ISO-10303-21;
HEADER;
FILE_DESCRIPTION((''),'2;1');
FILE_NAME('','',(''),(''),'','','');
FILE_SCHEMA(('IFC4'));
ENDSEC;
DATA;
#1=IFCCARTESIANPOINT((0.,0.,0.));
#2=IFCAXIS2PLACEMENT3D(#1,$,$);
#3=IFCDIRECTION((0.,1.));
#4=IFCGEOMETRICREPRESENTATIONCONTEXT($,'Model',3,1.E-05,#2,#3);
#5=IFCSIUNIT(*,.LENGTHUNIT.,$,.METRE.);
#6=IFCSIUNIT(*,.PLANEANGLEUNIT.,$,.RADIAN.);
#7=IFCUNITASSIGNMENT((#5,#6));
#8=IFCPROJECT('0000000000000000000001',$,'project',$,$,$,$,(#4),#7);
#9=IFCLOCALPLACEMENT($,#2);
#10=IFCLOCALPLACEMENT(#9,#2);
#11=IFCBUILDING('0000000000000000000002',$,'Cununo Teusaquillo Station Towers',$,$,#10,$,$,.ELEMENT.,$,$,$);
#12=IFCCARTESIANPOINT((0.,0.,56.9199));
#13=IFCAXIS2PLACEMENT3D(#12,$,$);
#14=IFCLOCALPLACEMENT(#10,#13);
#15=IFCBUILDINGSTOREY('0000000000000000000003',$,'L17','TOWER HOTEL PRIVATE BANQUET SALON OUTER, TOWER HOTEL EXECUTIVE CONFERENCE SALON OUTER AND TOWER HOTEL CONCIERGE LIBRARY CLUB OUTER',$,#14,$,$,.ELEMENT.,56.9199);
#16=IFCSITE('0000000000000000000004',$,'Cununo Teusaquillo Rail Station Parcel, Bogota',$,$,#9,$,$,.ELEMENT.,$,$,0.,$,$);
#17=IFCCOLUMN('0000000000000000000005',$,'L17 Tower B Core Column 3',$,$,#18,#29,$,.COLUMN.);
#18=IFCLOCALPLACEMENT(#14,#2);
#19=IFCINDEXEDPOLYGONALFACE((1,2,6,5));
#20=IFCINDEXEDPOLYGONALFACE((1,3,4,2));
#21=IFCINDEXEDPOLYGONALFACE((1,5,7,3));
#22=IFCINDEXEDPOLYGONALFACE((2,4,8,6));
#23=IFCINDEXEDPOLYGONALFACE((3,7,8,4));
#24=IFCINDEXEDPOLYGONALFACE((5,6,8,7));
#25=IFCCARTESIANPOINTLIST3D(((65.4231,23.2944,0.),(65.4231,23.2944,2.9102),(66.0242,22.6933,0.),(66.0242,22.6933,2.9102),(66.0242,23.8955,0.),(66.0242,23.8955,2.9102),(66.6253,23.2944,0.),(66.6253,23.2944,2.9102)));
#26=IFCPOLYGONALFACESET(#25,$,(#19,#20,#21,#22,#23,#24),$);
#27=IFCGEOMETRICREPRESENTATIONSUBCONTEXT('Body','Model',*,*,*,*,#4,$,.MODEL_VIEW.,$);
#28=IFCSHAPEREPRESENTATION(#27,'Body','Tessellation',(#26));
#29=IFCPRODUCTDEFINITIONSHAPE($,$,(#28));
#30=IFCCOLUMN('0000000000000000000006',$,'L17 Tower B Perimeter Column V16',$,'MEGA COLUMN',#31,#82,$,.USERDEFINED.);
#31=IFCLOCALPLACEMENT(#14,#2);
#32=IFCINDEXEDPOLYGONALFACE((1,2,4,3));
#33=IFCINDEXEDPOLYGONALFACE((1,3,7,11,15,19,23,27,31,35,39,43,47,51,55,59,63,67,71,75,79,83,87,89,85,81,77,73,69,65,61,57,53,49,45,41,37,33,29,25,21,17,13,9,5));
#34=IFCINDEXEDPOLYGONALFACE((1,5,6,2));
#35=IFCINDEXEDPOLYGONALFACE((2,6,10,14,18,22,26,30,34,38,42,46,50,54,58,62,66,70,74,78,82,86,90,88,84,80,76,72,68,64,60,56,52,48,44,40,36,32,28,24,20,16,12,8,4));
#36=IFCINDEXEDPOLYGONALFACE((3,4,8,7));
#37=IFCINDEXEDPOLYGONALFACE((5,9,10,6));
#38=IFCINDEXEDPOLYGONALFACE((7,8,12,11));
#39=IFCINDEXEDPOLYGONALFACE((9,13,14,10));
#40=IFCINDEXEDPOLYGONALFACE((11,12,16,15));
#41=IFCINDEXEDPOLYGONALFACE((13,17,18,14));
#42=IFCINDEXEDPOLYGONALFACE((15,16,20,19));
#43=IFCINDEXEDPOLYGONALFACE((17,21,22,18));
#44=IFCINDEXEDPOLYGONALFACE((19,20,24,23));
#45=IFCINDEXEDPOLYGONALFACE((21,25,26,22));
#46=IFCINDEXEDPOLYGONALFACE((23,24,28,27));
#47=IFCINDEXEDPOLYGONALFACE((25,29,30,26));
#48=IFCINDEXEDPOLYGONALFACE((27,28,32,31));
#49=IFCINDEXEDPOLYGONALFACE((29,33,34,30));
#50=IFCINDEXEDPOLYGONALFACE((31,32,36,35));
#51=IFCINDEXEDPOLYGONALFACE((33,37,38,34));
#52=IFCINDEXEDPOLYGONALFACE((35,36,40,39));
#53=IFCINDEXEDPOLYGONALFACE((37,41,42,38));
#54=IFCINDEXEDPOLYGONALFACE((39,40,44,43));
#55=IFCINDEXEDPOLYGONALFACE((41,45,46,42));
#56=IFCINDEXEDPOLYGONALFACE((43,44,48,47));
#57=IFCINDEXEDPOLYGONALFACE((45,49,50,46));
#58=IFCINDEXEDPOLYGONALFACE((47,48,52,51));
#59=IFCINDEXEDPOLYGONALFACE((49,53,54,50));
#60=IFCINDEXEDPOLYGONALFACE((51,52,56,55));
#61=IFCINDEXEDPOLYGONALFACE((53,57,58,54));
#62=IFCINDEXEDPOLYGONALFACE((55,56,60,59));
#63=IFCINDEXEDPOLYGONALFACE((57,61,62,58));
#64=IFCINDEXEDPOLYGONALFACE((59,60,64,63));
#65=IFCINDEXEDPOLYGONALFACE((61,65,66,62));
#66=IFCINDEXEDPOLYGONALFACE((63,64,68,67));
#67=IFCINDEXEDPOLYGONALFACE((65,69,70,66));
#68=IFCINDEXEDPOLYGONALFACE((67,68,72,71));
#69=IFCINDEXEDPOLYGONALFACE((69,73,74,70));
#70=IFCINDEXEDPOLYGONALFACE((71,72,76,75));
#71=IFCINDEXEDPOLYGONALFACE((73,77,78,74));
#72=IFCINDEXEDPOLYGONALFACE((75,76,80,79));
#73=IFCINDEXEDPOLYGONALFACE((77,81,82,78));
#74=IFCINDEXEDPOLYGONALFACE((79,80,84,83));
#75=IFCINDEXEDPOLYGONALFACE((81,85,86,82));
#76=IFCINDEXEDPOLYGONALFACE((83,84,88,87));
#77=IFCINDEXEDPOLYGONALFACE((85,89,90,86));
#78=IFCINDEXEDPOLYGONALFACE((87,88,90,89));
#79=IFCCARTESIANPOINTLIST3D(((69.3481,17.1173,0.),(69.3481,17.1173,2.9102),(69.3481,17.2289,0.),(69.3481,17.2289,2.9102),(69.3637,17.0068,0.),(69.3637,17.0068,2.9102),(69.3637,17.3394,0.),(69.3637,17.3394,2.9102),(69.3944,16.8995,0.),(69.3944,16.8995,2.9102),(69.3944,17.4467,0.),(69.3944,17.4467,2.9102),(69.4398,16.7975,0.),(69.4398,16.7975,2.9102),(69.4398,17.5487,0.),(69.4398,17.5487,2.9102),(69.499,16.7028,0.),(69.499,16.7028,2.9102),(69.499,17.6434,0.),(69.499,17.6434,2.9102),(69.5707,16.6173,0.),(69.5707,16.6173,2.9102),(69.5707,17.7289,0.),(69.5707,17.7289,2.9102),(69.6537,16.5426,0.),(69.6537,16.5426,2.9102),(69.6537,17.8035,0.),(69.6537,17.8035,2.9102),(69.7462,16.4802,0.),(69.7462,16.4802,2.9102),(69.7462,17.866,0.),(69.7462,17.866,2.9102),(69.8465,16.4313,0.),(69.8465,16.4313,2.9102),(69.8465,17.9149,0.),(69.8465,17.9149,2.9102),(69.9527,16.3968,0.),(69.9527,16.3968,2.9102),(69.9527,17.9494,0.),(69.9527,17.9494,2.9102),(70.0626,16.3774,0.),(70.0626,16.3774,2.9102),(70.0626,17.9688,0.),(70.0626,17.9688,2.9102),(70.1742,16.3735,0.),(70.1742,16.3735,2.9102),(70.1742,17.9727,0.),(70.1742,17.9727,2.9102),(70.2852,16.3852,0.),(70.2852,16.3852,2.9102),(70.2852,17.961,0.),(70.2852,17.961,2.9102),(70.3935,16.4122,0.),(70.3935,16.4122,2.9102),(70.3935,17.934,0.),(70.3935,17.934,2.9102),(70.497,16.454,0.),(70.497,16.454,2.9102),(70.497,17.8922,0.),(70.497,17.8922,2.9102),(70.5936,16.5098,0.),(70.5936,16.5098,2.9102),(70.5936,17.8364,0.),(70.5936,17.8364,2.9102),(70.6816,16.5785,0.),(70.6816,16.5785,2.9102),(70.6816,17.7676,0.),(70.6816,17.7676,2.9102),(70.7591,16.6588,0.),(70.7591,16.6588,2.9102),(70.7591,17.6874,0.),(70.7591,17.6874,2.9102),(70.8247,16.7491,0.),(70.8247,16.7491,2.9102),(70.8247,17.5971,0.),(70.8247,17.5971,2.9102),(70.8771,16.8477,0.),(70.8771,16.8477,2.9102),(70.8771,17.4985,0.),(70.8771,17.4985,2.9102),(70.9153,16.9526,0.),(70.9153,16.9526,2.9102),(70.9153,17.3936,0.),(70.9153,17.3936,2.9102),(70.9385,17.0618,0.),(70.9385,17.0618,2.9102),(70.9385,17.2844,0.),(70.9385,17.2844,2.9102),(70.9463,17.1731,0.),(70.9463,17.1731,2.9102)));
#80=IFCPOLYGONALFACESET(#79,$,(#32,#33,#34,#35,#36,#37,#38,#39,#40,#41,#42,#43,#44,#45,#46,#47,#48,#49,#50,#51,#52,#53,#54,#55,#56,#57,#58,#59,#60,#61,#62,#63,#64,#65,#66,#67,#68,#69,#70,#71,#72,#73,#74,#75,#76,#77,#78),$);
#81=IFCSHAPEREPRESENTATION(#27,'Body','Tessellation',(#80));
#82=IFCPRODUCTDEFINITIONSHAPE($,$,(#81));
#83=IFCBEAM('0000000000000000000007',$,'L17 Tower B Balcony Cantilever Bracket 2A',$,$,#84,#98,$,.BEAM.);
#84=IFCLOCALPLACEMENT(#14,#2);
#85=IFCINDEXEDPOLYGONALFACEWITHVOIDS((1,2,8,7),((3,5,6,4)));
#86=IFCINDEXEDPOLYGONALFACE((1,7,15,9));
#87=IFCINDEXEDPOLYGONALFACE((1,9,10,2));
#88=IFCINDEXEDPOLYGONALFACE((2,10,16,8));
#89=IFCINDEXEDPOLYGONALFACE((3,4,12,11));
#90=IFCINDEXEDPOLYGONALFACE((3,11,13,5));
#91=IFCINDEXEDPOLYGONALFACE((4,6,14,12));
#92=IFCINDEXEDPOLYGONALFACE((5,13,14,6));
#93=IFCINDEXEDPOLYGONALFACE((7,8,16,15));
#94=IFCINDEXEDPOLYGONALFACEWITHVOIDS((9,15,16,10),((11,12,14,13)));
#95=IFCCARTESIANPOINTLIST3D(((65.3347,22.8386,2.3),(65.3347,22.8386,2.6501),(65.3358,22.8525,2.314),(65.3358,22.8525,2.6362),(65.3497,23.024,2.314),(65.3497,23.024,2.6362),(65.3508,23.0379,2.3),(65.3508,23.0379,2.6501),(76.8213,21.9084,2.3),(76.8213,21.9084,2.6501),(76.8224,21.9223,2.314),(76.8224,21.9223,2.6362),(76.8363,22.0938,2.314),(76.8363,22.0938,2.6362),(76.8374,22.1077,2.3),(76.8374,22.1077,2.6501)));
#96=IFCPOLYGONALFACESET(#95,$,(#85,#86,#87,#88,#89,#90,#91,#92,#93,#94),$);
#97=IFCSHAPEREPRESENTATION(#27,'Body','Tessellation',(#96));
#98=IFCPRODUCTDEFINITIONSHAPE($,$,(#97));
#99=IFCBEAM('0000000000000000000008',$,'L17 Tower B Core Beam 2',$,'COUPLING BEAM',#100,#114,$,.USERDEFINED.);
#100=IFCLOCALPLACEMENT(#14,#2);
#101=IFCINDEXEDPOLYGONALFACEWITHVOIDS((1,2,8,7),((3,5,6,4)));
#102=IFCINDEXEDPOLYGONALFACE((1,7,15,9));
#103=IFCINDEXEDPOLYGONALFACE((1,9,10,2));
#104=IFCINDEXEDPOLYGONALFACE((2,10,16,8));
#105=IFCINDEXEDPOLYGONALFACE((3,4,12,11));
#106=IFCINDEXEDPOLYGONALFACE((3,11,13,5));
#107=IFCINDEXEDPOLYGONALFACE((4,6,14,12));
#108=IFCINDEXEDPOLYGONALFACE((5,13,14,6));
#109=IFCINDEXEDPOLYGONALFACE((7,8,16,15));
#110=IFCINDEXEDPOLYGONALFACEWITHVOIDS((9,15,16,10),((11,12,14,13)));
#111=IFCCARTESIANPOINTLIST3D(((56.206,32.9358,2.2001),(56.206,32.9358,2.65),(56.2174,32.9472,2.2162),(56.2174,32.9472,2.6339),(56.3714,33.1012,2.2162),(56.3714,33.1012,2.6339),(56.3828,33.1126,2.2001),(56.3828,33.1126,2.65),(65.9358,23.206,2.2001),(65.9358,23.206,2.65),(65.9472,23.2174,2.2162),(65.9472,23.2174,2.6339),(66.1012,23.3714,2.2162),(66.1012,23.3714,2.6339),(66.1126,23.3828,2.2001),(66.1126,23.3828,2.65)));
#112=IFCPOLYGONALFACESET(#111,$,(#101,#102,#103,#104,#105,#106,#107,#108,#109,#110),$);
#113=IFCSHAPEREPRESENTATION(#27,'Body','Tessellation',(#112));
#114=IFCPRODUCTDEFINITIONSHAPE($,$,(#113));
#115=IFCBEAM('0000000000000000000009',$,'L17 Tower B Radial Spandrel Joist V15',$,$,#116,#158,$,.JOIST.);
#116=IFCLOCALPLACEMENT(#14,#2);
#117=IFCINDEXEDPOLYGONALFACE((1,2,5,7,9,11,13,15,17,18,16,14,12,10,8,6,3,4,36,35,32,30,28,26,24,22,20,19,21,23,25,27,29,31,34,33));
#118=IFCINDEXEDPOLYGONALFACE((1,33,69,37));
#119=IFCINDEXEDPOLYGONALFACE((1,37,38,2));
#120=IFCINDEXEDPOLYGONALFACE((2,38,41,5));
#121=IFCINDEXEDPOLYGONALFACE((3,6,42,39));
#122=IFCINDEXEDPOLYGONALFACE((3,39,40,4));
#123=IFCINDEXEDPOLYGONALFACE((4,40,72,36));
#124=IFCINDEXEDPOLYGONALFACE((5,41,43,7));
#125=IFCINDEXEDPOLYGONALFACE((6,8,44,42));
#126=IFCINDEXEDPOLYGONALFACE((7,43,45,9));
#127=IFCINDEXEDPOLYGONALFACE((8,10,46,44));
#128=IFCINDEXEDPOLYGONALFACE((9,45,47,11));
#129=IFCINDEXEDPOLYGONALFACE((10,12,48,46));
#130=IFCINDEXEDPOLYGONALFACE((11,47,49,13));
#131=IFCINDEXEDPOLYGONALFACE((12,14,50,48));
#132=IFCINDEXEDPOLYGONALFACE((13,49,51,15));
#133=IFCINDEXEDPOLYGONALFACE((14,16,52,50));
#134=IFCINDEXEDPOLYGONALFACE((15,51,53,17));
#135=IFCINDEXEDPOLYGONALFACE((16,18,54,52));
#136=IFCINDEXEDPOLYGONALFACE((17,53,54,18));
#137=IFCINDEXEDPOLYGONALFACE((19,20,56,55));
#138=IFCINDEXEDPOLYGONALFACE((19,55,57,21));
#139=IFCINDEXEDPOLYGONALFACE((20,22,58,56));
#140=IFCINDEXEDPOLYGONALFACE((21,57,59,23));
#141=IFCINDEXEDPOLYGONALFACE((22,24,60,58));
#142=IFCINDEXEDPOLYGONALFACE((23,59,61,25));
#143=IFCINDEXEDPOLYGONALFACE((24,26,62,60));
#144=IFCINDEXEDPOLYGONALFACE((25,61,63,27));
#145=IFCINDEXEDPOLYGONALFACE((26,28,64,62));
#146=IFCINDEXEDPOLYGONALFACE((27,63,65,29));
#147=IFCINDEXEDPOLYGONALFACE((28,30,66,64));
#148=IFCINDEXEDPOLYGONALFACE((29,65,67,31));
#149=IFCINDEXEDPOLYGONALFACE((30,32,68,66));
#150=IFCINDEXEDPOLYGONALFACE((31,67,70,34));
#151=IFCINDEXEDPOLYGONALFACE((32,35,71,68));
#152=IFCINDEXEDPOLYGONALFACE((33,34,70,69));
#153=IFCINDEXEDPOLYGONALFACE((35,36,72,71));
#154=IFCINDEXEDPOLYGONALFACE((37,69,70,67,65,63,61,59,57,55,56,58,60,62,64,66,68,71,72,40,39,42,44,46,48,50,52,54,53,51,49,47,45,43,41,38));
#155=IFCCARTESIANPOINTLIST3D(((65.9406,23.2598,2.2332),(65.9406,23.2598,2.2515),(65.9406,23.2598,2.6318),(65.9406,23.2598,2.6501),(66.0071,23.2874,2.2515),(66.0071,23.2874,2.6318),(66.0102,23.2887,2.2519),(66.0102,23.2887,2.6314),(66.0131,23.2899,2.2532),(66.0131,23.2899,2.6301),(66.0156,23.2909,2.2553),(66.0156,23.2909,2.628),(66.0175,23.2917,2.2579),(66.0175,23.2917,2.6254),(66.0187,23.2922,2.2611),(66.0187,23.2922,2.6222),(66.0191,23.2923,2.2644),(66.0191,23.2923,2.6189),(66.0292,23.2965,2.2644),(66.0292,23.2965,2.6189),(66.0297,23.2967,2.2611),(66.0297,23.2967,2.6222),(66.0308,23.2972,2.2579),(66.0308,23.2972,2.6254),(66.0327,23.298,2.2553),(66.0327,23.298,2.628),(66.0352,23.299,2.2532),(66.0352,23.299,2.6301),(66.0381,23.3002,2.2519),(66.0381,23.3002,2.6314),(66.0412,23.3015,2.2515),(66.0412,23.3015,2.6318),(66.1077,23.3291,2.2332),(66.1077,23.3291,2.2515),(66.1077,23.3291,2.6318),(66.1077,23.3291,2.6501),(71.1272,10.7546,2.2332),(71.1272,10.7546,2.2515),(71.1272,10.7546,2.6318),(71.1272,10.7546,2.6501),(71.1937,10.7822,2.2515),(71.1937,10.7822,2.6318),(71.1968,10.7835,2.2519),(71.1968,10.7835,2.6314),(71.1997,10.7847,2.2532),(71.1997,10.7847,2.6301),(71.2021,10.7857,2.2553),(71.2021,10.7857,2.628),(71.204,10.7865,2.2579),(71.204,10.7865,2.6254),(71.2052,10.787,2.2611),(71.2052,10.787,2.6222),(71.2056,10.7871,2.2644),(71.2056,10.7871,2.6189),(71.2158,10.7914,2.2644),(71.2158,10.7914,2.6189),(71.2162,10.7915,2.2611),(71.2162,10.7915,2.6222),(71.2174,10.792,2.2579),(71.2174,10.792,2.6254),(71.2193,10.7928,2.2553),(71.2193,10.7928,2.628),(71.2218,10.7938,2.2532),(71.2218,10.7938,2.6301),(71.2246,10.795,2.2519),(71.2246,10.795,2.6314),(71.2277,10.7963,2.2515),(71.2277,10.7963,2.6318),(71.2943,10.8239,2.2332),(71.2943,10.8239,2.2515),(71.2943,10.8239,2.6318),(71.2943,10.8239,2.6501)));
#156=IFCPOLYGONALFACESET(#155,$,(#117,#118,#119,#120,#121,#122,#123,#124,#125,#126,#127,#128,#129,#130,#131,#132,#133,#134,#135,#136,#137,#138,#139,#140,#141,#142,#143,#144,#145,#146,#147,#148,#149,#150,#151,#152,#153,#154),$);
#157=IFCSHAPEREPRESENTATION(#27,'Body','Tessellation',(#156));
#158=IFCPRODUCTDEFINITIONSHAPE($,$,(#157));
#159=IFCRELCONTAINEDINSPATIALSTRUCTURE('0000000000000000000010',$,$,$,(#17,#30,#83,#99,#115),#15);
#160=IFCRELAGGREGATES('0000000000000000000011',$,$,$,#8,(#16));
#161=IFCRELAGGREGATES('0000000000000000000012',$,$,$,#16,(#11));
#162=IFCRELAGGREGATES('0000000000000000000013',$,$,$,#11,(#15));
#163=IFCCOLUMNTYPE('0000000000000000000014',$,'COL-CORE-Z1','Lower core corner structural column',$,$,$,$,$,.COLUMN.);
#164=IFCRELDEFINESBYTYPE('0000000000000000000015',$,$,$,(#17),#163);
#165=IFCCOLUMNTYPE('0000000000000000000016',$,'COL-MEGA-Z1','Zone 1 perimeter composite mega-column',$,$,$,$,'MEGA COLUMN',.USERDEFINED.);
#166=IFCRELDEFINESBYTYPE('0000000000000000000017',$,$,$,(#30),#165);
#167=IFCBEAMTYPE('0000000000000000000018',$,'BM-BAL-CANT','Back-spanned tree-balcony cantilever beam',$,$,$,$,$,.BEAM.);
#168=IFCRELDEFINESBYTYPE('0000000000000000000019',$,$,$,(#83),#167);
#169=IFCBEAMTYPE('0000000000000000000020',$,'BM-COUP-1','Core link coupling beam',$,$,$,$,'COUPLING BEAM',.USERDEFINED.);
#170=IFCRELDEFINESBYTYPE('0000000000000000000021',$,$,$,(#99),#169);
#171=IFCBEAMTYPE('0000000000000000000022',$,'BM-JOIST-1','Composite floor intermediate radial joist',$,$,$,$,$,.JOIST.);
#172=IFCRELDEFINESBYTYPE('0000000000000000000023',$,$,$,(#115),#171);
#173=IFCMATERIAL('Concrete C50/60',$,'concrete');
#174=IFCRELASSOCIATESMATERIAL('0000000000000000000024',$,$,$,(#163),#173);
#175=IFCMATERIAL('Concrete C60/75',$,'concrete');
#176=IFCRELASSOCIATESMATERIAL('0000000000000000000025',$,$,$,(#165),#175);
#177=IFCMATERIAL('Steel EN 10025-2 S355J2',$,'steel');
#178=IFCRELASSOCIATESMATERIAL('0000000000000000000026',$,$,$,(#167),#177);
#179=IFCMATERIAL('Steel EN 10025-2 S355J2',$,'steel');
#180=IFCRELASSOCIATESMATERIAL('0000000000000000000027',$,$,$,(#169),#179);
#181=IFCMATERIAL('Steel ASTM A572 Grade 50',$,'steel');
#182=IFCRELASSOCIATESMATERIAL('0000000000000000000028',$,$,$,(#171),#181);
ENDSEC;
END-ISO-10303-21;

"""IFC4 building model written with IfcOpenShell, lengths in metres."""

from ifc_helpers import new_model, si_unit, direction, frame, origin, origin_2d, place, context, subcontext, project, spatial, rectangle, hollow_rectangle, circle, i_section, extrude, material, material_profile, profile_set, type_object, element, save


model = new_model("IFC4")

# Units and contexts
model_context = context("Model", 3, precision=1e-05, world=origin(), true_north=direction((0.0, 1.0)))
body_context = subcontext(model_context, "Body", "Model", "MODEL_VIEW")
ifc_project = project(units=[si_unit("LENGTHUNIT", "METRE"), si_unit("PLANEANGLEUNIT", "RADIAN")], contexts=[model_context])

# Site, building, storey
site_placement = place(None, origin())
site = spatial("IfcSite", under=ifc_project, at=site_placement, Name="Cununo Teusaquillo Rail Station Parcel, Bogota", CompositionType="ELEMENT", RefElevation=0.0)
building_placement = place(site_placement, origin())
building = spatial("IfcBuilding", under=site, at=building_placement, Name="Cununo Teusaquillo Station Towers", CompositionType="ELEMENT")
storey_placement = place(building_placement, frame((0.0, 0.0, 56.9199)))
storey = spatial("IfcBuildingStorey", under=building, at=storey_placement, Name="L17", Description="TOWER HOTEL PRIVATE BANQUET SALON OUTER, TOWER HOTEL EXECUTIVE CONFERENCE SALON OUTER AND TOWER HOTEL CONCIERGE LIBRARY CLUB OUTER", CompositionType="ELEMENT", Elevation=56.9199)

# Columns
ifc_material_1 = material(Name="Concrete C50/60", Category="concrete")
ifc_material_profile_1 = material_profile(ifc_material_1, rectangle(XDim=0.8501, YDim=0.8501, at=origin_2d()), Name="RC-RECT-850x850")
ifc_profile_set_1 = profile_set([ifc_material_profile_1], Name="Concrete C50/60")
column_type_1 = type_object("IfcColumnType", Name="COL-CORE-Z1", Description="Lower core corner structural column", PredefinedType="COLUMN", material=ifc_profile_set_1)
column_1_placement = place(storey_placement, frame((66.0242, 23.2944, 0.0), z_axis=(0.0, 0.0, 1.0), x_axis=(0.707107, 0.707107, 0.0)))
element("IfcColumn", 1, at=column_1_placement, inside=storey, type_object=column_type_1, Name="L17 Tower B Core Column 3", PredefinedType="COLUMN", context=body_context, shape_type="SweptSolid", body=[
    extrude(rectangle(XDim=0.8501, YDim=0.8501, at=origin_2d()), origin(), (0.0, 0.0, 1.0), 2.9102),
])
ifc_material_2 = material(Name="Concrete C60/75", Category="concrete")
ifc_material_profile_2 = material_profile(ifc_material_2, circle(Radius=0.8, at=origin_2d()), Name="RC-CIRC-1600")
ifc_profile_set_2 = profile_set([ifc_material_profile_2], Name="Concrete C60/75")
column_type_2 = type_object("IfcColumnType", Name="COL-MEGA-Z1", Description="Zone 1 perimeter composite mega-column", ElementType="MEGA COLUMN", PredefinedType="USERDEFINED", material=ifc_profile_set_2)
column_2_placement = place(storey_placement, frame((70.1462, 17.1731, 0.0), z_axis=(0.0, 0.0, 1.0), x_axis=(1.0, 0.0, 0.0)))
element("IfcColumn", 2, at=column_2_placement, inside=storey, type_object=column_type_2, Name="L17 Tower B Perimeter Column V16", ObjectType="MEGA COLUMN", PredefinedType="USERDEFINED", context=body_context, shape_type="SweptSolid", body=[
    extrude(circle(Radius=0.8, at=origin_2d()), origin(), (0.0, 0.0, 1.0), 2.9102),
])

# Beams
ifc_material_3 = material(Name="Steel EN 10025-2 S355J2", Category="steel")
ifc_material_profile_3 = material_profile(ifc_material_3, hollow_rectangle(XDim=0.2, YDim=0.3501, WallThickness=0.0139, at=origin_2d()), Name="RHS 350x200x14")
ifc_profile_set_3 = profile_set([ifc_material_profile_3], Name="Steel EN 10025-2 S355J2")
beam_type_1 = type_object("IfcBeamType", Name="BM-BAL-CANT", Description="Back-spanned tree-balcony cantilever beam", PredefinedType="BEAM", material=ifc_profile_set_3)
beam_1_placement = place(storey_placement, frame((65.3428, 22.9382, 2.4751), z_axis=(0.996737, -0.080715, 0.0), x_axis=(0.080715, 0.996737, 0.0)))
element("IfcBeam", 3, at=beam_1_placement, inside=storey, type_object=beam_type_1, Name="L17 Tower B Balcony Cantilever Bracket 2A", PredefinedType="BEAM", context=body_context, shape_type="SweptSolid", body=[
    extrude(hollow_rectangle(XDim=0.2, YDim=0.3501, WallThickness=0.0139, at=origin_2d()), origin(), (0.0, 0.0, 1.0), 11.5242),
])
ifc_material_4 = material(Name="Steel EN 10025-2 S355J2", Category="steel")
ifc_material_profile_4 = material_profile(ifc_material_4, hollow_rectangle(XDim=0.25, YDim=0.45, WallThickness=0.0161, at=origin_2d()), Name="RHS 450x250x16")
ifc_profile_set_4 = profile_set([ifc_material_profile_4], Name="Steel EN 10025-2 S355J2")
beam_type_2 = type_object("IfcBeamType", Name="BM-COUP-1", Description="Core link coupling beam", ElementType="COUPLING BEAM", PredefinedType="USERDEFINED", material=ifc_profile_set_4)
beam_2_placement = place(storey_placement, frame((66.0242, 23.2944, 2.425), z_axis=(-0.707107, 0.707107, 0.0), x_axis=(-0.707107, -0.707107, 0.0)))
element("IfcBeam", 4, at=beam_2_placement, inside=storey, type_object=beam_type_2, Name="L17 Tower B Core Beam 2", ObjectType="COUPLING BEAM", PredefinedType="USERDEFINED", context=body_context, shape_type="SweptSolid", body=[
    extrude(hollow_rectangle(XDim=0.25, YDim=0.45, WallThickness=0.0161, at=origin_2d()), origin(), (0.0, 0.0, 1.0), 13.76),
])
ifc_material_5 = material(Name="Steel ASTM A572 Grade 50", Category="steel")
ifc_material_profile_5 = material_profile(ifc_material_5, i_section(OverallWidth=0.1809, OverallDepth=0.417, WebThickness=0.011, FlangeThickness=0.0183, FilletRadius=0.0129, at=origin_2d()), Name="W16X57")
ifc_profile_set_5 = profile_set([ifc_material_profile_5], Name="Steel ASTM A572 Grade 50")
beam_type_3 = type_object("IfcBeamType", Name="BM-JOIST-1", Description="Composite floor intermediate radial joist", PredefinedType="JOIST", material=ifc_profile_set_5)
beam_3_placement = place(storey_placement, frame((66.0242, 23.2944, 2.4417), z_axis=(0.383108, -0.923704, 0.0), x_axis=(0.923704, 0.383108, 0.0)))
element("IfcBeam", 5, at=beam_3_placement, inside=storey, type_object=beam_type_3, Name="L17 Tower B Radial Spandrel Joist V15", PredefinedType="JOIST", context=body_context, shape_type="SweptSolid", body=[
    extrude(i_section(OverallWidth=0.1809, OverallDepth=0.417, WebThickness=0.011, FlangeThickness=0.0183, FilletRadius=0.0129, at=origin_2d()), origin(), (0.0, 0.0, 1.0), 13.5381),
])

save(model, "model.ifc")
